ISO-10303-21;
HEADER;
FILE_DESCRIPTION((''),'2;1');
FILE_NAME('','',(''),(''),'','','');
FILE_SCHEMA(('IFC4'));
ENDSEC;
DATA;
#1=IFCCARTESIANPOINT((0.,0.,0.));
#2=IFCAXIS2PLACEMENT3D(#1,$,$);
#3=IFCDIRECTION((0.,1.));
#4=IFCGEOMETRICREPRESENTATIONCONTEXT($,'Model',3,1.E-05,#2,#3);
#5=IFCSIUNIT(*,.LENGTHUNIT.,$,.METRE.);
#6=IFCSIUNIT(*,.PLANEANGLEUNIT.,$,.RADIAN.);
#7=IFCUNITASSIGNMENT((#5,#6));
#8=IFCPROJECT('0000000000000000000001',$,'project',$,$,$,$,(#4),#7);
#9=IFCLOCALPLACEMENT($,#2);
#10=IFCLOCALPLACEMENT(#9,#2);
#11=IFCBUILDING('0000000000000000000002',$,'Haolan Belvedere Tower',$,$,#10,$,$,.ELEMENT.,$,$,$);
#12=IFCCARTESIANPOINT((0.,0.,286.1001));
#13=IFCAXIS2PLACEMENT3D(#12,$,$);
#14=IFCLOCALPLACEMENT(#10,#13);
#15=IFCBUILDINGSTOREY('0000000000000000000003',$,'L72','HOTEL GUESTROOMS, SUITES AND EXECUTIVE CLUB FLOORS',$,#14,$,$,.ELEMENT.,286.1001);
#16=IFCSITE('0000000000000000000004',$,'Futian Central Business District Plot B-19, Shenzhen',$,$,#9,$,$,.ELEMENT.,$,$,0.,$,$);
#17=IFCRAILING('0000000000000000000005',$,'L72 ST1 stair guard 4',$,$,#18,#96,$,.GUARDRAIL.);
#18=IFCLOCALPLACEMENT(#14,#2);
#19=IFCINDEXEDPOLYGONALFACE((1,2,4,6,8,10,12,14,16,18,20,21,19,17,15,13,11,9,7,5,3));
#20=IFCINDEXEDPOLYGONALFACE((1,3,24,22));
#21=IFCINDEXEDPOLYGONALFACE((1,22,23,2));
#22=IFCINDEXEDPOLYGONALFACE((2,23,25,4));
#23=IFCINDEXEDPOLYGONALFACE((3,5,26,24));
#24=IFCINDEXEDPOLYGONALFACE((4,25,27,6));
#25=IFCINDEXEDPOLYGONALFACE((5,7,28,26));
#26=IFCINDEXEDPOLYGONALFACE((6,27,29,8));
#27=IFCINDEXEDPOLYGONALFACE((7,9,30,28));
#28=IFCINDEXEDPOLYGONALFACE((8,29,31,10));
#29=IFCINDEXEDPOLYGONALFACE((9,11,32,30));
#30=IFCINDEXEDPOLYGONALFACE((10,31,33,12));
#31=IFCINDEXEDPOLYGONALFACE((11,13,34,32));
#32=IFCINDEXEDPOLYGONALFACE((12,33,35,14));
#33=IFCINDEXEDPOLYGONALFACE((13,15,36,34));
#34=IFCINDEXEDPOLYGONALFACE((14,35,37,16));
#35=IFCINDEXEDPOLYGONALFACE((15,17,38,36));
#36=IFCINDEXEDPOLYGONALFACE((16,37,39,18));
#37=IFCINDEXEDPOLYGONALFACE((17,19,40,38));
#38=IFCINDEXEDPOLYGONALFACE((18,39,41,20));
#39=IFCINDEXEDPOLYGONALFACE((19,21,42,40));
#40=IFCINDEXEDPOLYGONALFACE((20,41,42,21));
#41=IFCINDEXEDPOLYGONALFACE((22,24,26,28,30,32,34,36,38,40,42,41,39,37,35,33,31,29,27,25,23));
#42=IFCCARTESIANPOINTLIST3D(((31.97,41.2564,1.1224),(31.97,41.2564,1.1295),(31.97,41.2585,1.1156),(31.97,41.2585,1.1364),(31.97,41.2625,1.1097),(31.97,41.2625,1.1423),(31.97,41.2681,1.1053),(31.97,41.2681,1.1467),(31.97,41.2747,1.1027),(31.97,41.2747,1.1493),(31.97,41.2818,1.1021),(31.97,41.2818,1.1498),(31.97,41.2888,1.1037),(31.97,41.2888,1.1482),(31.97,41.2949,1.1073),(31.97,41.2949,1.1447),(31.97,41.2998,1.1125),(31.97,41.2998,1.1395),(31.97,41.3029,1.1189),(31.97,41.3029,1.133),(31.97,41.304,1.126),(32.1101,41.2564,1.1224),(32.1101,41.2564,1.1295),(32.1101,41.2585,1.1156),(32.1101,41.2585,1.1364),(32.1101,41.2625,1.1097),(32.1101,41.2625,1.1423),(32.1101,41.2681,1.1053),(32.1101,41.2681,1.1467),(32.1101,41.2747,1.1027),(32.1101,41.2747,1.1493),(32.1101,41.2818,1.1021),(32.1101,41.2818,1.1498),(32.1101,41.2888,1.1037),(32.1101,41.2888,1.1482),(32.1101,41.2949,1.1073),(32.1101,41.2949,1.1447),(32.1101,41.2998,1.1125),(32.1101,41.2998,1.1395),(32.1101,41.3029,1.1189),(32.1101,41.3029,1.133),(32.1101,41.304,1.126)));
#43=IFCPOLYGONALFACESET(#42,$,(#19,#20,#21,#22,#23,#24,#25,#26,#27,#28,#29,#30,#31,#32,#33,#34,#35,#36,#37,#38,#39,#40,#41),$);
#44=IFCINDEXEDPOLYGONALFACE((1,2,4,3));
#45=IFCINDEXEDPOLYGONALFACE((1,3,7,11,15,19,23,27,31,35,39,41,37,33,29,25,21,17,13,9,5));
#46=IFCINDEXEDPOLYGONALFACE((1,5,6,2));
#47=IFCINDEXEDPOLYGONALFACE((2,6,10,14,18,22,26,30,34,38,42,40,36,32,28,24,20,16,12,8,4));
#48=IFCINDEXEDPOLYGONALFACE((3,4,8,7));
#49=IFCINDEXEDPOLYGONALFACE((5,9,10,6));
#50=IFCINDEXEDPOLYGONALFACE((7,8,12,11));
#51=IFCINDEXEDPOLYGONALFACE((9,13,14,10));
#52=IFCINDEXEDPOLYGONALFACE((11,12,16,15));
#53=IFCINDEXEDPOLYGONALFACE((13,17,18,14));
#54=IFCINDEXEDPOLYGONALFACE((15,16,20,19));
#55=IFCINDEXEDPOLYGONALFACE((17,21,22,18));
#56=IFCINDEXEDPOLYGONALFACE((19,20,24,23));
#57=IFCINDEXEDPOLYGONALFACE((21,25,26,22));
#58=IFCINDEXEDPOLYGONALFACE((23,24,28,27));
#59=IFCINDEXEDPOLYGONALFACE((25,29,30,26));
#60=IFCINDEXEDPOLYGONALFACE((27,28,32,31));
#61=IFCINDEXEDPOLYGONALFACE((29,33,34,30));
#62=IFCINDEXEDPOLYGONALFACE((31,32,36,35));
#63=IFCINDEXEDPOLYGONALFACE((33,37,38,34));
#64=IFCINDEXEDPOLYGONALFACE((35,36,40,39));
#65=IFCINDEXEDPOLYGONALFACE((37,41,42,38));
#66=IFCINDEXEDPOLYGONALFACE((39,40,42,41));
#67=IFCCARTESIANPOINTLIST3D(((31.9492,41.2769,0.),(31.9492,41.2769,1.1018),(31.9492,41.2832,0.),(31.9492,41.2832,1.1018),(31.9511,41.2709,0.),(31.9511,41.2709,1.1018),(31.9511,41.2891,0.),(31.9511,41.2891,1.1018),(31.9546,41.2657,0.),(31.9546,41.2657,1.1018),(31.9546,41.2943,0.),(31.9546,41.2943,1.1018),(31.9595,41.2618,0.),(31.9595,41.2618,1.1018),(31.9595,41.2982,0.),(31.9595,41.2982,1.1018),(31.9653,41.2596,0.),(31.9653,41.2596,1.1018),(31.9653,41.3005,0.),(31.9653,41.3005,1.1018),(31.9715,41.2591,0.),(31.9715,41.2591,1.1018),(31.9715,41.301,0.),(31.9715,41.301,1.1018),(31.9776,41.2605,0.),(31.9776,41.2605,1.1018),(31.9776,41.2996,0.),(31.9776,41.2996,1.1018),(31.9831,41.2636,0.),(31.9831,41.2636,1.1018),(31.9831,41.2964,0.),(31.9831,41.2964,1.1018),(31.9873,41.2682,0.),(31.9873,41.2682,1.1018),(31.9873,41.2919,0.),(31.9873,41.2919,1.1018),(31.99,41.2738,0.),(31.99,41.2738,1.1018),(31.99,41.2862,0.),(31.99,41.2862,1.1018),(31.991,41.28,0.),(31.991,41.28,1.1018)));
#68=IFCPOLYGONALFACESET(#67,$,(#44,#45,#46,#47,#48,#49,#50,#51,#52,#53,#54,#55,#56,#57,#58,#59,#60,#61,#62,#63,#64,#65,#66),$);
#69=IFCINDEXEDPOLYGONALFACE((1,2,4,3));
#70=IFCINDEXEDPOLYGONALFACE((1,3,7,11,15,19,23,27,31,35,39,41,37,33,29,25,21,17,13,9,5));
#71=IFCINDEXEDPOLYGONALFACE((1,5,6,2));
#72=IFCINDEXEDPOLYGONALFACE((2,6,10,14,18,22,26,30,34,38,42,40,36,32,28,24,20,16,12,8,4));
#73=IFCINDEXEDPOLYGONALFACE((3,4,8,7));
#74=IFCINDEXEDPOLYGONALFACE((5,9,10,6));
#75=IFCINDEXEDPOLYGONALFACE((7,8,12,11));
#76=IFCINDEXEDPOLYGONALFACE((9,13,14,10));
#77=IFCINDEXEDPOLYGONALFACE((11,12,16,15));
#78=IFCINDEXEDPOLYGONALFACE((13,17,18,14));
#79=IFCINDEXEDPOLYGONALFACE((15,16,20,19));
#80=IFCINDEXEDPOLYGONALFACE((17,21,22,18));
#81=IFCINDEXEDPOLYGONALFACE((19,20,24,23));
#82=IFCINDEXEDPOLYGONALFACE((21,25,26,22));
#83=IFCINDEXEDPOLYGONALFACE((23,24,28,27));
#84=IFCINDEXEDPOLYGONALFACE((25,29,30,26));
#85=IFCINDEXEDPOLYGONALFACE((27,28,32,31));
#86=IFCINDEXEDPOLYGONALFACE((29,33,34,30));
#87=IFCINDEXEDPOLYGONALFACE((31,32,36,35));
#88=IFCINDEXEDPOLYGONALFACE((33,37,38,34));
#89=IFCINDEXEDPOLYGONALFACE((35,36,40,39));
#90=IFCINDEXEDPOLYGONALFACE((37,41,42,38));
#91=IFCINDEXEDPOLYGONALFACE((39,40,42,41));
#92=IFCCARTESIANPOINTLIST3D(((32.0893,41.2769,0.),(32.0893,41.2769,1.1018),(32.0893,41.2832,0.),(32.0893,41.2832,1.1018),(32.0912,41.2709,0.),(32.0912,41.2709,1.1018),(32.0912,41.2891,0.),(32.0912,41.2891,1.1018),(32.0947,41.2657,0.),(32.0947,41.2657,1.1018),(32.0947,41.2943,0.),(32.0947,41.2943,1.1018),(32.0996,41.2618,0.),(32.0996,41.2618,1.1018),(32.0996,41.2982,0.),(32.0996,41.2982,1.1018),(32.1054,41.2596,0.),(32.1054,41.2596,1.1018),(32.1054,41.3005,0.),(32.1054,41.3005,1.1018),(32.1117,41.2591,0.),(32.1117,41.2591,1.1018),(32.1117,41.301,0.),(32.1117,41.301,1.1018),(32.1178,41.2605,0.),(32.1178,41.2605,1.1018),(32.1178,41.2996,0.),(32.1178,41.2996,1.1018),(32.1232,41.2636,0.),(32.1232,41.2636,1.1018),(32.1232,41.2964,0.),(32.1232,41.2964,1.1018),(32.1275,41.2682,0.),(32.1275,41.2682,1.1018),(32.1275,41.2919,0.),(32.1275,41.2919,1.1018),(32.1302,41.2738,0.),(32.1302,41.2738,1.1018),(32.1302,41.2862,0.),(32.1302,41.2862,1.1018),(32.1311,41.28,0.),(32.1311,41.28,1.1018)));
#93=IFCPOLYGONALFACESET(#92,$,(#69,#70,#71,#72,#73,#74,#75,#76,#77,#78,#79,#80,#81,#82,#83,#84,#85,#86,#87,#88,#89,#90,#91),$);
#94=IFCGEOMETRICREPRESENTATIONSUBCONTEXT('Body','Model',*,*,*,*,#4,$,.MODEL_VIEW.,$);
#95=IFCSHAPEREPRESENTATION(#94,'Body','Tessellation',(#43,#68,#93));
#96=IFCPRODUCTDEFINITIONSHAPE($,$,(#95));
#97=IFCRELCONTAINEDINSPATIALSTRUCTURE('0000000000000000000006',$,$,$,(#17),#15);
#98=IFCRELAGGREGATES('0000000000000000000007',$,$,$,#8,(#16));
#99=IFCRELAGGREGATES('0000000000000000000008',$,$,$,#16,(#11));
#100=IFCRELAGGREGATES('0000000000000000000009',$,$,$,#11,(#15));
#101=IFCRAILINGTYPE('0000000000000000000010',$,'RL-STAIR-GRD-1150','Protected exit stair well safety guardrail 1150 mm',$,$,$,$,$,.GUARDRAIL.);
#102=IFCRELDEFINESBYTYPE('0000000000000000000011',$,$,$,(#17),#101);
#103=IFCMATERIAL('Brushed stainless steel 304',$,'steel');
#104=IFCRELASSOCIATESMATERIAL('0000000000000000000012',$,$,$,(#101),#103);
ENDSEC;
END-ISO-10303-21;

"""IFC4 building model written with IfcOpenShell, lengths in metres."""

from ifc_helpers import new_model, si_unit, direction, frame, origin, origin_2d, place, context, subcontext, project, spatial, circle, extrude, material, type_object, element, save


model = new_model("IFC4")

# Units and contexts
model_context = context("Model", 3, precision=1e-05, world=origin(), true_north=direction((0.0, 1.0)))
body_context = subcontext(model_context, "Body", "Model", "MODEL_VIEW")
ifc_project = project(units=[si_unit("LENGTHUNIT", "METRE"), si_unit("PLANEANGLEUNIT", "RADIAN")], contexts=[model_context])

# Site, building, storey
site_placement = place(None, origin())
site = spatial("IfcSite", under=ifc_project, at=site_placement, Name="Futian Central Business District Plot B-19, Shenzhen", CompositionType="ELEMENT", RefElevation=0.0)
building_placement = place(site_placement, origin())
building = spatial("IfcBuilding", under=site, at=building_placement, Name="Haolan Belvedere Tower", CompositionType="ELEMENT")
storey_placement = place(building_placement, frame((0.0, 0.0, 286.1001)))
storey = spatial("IfcBuildingStorey", under=building, at=storey_placement, Name="L72", Description="HOTEL GUESTROOMS, SUITES AND EXECUTIVE CLUB FLOORS", CompositionType="ELEMENT", Elevation=286.1001)

# Railing
ifc_material_1 = material(Name="Brushed stainless steel 304", Category="steel")
railing_type_1 = type_object("IfcRailingType", Name="RL-STAIR-GRD-1150", Description="Protected exit stair well safety guardrail 1150 mm", PredefinedType="GUARDRAIL", material=ifc_material_1)
railing_1_placement = place(storey_placement, frame((31.97, 41.28, 0.0)))
element("IfcRailing", 1, at=railing_1_placement, inside=storey, type_object=railing_type_1, Name="L72 ST1 stair guard 4", PredefinedType="GUARDRAIL", context=body_context, shape_type="SweptSolid", body=[
    extrude(circle(Radius=0.0239, at=origin_2d()), frame((0.0, 0.0, 1.126), z_axis=(1.0, 0.0, 0.0), x_axis=(0.0, 1.0, 0.0)), (0.0, 0.0, 1.0), 0.1401),
    extrude(circle(Radius=0.021, at=origin_2d()), origin(), (0.0, 0.0, 1.0), 1.1018),
    extrude(circle(Radius=0.021, at=origin_2d()), frame((0.1401, 0.0, 0.0)), (0.0, 0.0, 1.0), 1.1018),
])

save(model, "model.ifc")
